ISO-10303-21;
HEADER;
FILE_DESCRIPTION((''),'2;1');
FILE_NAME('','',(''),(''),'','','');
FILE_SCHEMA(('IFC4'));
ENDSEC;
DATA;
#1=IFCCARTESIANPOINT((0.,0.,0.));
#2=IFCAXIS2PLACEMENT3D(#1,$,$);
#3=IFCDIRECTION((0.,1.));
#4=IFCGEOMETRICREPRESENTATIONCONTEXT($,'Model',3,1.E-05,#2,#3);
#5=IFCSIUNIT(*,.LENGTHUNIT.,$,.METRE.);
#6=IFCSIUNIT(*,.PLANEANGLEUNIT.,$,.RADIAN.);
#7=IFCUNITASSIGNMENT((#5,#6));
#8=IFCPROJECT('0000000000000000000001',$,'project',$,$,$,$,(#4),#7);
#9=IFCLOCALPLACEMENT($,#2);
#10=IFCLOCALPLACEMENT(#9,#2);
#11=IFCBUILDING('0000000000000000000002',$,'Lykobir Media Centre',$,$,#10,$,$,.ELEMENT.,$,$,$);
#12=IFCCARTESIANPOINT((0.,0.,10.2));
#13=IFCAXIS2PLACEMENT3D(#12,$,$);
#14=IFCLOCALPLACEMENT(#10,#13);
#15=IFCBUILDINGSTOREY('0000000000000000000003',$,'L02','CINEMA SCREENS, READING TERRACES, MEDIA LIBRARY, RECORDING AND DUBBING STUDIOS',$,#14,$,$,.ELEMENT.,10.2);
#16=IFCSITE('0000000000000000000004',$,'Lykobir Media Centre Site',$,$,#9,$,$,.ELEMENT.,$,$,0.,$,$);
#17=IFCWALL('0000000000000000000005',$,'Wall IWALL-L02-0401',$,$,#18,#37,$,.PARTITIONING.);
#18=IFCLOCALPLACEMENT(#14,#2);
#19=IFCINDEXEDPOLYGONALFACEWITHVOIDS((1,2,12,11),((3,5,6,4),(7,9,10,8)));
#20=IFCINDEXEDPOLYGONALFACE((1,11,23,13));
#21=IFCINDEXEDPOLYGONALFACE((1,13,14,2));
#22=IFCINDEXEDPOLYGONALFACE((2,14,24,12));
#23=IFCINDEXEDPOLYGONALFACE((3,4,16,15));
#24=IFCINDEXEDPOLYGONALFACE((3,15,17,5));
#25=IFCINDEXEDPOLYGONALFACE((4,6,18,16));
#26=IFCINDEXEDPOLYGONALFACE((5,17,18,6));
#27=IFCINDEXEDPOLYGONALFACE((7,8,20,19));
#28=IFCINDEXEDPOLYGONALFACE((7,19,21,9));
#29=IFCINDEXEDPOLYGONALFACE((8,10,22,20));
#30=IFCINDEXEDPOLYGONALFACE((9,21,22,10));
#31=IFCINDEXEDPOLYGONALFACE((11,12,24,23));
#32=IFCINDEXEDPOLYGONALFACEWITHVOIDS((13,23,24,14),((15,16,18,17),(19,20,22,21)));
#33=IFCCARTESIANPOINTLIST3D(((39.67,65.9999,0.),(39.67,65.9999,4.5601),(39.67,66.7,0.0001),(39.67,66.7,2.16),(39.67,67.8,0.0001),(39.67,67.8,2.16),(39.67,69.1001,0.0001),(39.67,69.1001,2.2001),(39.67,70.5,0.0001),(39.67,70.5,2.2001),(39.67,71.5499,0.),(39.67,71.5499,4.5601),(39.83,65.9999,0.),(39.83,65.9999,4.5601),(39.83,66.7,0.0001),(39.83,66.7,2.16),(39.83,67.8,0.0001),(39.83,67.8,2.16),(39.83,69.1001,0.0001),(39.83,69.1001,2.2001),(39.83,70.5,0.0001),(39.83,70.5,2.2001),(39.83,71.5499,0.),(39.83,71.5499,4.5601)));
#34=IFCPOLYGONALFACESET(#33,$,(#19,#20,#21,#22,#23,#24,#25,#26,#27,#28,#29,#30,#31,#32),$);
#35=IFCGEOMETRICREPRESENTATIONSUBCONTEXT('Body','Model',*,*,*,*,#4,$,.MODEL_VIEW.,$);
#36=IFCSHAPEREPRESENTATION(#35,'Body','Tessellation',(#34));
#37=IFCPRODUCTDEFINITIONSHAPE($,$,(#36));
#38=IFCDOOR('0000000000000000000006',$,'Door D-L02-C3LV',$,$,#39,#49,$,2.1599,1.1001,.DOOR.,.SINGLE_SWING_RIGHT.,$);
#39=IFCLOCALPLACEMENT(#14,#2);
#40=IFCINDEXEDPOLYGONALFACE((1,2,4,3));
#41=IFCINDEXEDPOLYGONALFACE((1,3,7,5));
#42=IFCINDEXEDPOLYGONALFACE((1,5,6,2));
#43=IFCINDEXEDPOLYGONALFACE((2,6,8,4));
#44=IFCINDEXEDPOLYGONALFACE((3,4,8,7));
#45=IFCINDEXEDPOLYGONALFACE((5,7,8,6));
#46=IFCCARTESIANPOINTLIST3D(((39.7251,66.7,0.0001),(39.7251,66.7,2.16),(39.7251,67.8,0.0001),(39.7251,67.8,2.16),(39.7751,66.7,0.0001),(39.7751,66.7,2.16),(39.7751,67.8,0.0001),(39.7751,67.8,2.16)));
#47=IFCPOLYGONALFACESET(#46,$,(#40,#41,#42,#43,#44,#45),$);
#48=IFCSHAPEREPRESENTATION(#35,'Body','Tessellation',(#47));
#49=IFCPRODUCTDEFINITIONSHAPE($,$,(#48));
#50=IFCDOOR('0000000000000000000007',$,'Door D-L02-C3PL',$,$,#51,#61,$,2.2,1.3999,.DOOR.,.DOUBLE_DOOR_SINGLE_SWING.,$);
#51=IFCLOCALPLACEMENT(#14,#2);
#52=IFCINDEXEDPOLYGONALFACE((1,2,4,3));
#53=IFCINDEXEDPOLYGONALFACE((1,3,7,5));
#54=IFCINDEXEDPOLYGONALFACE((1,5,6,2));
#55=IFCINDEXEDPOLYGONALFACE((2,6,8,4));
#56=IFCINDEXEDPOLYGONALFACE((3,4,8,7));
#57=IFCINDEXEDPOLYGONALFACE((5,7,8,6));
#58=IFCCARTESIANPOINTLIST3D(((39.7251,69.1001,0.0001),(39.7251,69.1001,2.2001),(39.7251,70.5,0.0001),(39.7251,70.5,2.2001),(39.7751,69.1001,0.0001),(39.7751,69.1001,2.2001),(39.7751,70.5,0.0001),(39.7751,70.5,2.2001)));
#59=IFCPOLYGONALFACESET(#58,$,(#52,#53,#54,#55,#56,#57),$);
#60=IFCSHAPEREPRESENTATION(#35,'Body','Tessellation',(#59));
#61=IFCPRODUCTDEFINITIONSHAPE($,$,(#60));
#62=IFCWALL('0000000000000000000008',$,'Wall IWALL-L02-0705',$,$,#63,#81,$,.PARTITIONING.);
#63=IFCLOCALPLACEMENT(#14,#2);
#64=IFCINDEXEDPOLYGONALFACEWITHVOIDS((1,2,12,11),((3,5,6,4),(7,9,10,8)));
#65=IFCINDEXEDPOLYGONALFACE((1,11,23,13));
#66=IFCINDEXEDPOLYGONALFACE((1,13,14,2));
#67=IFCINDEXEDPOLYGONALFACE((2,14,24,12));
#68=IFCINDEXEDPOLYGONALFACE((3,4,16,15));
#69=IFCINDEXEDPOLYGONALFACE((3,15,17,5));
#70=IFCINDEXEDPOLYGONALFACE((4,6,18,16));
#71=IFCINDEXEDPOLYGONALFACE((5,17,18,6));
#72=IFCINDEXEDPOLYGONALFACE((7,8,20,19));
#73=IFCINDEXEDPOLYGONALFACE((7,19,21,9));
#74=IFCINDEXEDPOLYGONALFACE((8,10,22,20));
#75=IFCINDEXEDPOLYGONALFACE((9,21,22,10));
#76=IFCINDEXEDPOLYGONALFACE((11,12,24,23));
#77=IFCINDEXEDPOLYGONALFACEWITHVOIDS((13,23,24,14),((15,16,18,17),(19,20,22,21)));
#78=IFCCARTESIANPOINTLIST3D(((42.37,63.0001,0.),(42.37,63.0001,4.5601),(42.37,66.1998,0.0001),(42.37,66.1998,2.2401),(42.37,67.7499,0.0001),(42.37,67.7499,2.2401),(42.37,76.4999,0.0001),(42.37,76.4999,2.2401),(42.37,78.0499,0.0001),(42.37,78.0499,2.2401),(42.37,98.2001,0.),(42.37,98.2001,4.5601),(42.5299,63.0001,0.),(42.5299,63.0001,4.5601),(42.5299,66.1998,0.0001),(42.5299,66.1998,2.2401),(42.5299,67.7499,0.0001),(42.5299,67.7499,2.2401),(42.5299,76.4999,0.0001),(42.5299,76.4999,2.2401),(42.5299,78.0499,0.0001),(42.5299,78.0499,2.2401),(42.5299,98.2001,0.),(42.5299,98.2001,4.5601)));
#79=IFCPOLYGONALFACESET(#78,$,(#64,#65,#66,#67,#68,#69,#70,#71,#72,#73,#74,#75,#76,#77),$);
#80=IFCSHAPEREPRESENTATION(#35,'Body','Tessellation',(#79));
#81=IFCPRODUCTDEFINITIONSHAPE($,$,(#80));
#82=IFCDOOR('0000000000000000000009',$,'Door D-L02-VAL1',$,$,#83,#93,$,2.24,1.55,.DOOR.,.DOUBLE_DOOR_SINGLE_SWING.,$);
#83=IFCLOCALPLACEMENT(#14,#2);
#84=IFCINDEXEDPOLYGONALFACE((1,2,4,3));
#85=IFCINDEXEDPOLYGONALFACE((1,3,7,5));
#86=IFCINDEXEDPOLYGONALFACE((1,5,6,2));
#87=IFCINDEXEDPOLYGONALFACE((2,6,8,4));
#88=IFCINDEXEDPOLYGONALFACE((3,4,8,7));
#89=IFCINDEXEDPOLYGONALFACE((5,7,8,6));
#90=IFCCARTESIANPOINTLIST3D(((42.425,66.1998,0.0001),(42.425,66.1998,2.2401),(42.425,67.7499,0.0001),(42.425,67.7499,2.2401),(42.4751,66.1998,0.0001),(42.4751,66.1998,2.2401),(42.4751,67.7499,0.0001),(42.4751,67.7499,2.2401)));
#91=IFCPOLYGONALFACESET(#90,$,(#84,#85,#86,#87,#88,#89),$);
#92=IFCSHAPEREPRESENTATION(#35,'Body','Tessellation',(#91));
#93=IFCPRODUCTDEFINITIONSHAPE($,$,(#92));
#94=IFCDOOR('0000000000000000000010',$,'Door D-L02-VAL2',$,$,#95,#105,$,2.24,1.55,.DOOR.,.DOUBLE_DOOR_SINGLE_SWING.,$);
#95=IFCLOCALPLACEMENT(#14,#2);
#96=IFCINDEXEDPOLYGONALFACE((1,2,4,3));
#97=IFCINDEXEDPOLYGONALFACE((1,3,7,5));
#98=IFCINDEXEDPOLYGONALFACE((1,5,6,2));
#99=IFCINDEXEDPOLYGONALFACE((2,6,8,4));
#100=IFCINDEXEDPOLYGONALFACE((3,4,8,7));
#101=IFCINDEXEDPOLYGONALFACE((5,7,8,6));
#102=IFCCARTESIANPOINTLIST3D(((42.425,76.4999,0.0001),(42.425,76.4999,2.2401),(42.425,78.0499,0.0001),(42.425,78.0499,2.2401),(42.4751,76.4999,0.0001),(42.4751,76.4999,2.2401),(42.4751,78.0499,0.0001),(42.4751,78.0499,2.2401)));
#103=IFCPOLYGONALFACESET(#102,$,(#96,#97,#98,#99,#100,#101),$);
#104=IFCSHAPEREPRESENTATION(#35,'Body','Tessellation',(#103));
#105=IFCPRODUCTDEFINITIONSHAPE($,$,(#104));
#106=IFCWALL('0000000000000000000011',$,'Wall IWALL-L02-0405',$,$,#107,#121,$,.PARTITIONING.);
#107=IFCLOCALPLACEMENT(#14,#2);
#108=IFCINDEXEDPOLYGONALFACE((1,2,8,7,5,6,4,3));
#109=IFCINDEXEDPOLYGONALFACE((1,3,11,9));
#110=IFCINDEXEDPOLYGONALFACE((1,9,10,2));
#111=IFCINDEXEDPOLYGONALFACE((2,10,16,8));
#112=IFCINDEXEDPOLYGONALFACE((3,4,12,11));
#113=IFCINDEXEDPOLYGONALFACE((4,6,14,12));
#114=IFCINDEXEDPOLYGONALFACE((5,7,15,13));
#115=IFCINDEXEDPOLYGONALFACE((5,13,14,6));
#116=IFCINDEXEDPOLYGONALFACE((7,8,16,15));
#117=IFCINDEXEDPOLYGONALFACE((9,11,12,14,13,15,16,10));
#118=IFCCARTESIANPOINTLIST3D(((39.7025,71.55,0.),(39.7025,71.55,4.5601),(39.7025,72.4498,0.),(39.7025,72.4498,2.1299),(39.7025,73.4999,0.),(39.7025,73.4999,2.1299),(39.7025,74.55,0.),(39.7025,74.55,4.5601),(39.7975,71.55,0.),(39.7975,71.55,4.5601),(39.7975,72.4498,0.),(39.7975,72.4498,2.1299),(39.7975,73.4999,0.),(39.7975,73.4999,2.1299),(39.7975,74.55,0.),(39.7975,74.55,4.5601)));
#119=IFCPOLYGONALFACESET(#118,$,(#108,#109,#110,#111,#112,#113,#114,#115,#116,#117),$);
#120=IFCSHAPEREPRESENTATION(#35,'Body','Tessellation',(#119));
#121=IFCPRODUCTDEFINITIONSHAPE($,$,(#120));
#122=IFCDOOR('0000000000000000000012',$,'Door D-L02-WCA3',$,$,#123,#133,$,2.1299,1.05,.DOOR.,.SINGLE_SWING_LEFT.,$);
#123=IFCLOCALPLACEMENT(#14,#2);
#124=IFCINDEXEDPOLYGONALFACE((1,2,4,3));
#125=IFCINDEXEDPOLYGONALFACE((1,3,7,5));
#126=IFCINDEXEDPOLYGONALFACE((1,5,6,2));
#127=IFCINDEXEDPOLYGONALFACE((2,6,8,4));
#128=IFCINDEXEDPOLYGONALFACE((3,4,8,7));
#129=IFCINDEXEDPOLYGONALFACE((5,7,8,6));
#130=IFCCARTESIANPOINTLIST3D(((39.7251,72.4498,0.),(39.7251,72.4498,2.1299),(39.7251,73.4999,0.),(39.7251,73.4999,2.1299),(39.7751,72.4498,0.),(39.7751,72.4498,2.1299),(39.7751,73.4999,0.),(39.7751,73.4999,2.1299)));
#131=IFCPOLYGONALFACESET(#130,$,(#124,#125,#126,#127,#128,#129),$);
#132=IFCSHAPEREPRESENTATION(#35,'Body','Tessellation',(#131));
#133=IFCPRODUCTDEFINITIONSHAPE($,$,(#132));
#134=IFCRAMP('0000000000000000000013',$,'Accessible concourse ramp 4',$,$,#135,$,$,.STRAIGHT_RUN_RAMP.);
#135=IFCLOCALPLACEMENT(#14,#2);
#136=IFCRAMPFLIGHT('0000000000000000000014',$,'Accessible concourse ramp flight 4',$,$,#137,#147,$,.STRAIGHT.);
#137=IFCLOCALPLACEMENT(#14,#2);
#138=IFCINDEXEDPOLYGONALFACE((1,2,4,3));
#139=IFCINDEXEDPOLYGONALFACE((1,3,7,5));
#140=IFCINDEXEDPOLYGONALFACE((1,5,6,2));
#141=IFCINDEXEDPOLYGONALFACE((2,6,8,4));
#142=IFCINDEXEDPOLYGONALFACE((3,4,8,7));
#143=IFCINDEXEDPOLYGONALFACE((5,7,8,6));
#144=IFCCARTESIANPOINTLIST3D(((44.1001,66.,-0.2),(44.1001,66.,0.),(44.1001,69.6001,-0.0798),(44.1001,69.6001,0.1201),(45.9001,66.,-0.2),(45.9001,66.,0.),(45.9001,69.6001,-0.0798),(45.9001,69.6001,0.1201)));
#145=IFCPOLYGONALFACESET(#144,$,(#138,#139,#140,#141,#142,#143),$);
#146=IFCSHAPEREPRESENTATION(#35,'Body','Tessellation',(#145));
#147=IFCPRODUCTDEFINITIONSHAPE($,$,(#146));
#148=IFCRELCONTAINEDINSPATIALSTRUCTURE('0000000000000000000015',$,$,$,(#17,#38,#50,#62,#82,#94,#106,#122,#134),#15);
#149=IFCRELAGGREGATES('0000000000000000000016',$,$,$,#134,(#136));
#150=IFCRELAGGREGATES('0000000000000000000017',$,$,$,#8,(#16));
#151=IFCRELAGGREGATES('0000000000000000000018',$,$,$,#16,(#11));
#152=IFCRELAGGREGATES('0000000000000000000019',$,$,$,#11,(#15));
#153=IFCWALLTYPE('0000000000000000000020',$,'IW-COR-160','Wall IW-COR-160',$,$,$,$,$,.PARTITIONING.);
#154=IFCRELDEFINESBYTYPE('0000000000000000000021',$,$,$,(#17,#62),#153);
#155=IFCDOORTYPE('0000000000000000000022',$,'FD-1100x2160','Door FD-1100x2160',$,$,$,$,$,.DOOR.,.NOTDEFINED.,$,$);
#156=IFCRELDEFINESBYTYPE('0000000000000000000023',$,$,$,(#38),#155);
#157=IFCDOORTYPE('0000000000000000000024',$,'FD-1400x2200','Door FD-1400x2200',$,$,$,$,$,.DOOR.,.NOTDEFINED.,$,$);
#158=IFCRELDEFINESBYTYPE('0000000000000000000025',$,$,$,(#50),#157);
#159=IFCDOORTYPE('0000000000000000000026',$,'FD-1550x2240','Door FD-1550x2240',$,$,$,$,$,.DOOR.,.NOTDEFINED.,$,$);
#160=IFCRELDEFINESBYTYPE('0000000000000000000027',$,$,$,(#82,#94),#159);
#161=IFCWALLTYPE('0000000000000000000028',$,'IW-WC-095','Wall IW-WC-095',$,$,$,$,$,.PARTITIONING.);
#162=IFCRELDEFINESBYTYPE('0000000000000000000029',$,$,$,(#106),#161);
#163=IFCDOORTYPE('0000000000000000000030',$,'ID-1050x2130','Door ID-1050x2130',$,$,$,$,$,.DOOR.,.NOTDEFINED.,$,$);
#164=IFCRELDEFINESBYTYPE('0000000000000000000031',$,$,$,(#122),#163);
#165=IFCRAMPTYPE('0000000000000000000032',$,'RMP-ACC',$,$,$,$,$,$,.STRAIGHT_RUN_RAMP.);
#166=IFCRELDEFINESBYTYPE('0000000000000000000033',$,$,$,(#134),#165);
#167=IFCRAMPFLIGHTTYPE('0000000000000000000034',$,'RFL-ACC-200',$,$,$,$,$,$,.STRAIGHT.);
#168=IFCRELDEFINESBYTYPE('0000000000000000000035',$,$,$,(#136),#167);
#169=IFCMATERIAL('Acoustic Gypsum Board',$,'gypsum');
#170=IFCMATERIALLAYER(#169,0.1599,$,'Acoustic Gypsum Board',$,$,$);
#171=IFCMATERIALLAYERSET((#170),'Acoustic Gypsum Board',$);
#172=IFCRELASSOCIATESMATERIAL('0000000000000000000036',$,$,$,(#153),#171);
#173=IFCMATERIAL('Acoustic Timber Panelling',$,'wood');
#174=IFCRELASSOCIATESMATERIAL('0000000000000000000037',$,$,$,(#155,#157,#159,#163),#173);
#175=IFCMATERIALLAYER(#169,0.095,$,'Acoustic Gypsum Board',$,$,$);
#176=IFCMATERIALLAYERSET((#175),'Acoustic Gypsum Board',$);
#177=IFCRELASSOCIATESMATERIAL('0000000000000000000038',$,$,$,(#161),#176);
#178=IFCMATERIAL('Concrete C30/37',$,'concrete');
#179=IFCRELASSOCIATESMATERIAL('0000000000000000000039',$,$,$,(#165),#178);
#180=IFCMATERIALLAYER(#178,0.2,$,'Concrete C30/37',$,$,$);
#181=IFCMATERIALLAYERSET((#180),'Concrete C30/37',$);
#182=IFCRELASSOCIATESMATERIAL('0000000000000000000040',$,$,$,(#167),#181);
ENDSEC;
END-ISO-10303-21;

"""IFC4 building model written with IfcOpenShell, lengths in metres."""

from ifc_helpers import new_model, si_unit, direction, frame, frame_2d, origin, place, context, subcontext, project, spatial, polyline, rectangle, outline, extrude, material, layer, layer_set, type_object, element, fill, aggregate, save


model = new_model("IFC4")

# Units and contexts
model_context = context("Model", 3, precision=1e-05, world=origin(), true_north=direction((0.0, 1.0)))
body_context = subcontext(model_context, "Body", "Model", "MODEL_VIEW")
ifc_project = project(units=[si_unit("LENGTHUNIT", "METRE"), si_unit("PLANEANGLEUNIT", "RADIAN")], contexts=[model_context])

# Site, building, storey
site_placement = place(None, origin())
site = spatial("IfcSite", under=ifc_project, at=site_placement, Name="Lykobir Media Centre Site", CompositionType="ELEMENT", RefElevation=0.0)
building_placement = place(site_placement, origin())
building = spatial("IfcBuilding", under=site, at=building_placement, Name="Lykobir Media Centre", CompositionType="ELEMENT")
storey_placement = place(building_placement, frame((0.0, 0.0, 10.2)))
storey = spatial("IfcBuildingStorey", under=building, at=storey_placement, Name="L02", Description="CINEMA SCREENS, READING TERRACES, MEDIA LIBRARY, RECORDING AND DUBBING STUDIOS", CompositionType="ELEMENT", Elevation=10.2)

# Walls, openings, doors
ifc_material_1 = material(Name="Acoustic Gypsum Board", Category="gypsum")
ifc_layer_1 = layer(ifc_material_1, 0.1599, Name="Acoustic Gypsum Board")
ifc_layer_set_1 = layer_set([ifc_layer_1], Name="Acoustic Gypsum Board")
wall_type_1 = type_object("IfcWallType", Name="IW-COR-160", Description="Wall IW-COR-160", PredefinedType="PARTITIONING", material=ifc_layer_set_1)
wall_1_placement = place(storey_placement, frame((39.75, 66.0, 0.0), z_axis=(0.0, 0.0, 1.0), x_axis=(0.0, 1.0, 0.0)))
wall_1 = element("IfcWall", 1, at=wall_1_placement, inside=storey, type_object=wall_type_1, Name="Wall IWALL-L02-0401", PredefinedType="PARTITIONING", context=body_context, shape_type="SweptSolid", body=[
    extrude(rectangle(XDim=5.55, YDim=0.1599, at=frame_2d((2.7749, 0.0))), origin(), (0.0, 0.0, 1.0), 4.5601),
])
opening_1_placement = place(wall_1_placement, frame((0.7, 0.0, 0.0)))
opening_1 = element("IfcOpeningElement", 2, at=opening_1_placement, cuts=wall_1, PredefinedType="OPENING", context=body_context, shape_type="SweptSolid", body=[
    extrude(rectangle(XDim=1.1001, YDim=2.1599, at=frame_2d((0.55, 1.0801))), frame((0.0, 0.0898, 0.0), z_axis=(0.0, -1.0, 0.0), x_axis=(1.0, 0.0, 0.0)), (0.0, 0.0, 1.0), 0.1799),
])
opening_2_placement = place(wall_1_placement, frame((3.1001, 0.0, 0.0)))
opening_2 = element("IfcOpeningElement", 3, at=opening_2_placement, cuts=wall_1, PredefinedType="OPENING", context=body_context, shape_type="SweptSolid", body=[
    extrude(rectangle(XDim=1.3999, YDim=2.2, at=frame_2d((0.7, 1.1001))), frame((0.0, 0.0898, 0.0), z_axis=(0.0, -1.0, 0.0), x_axis=(1.0, 0.0, 0.0)), (0.0, 0.0, 1.0), 0.1799),
])
ifc_material_2 = material(Name="Acoustic Timber Panelling", Category="wood")
door_type_1 = type_object("IfcDoorType", Name="FD-1100x2160", Description="Door FD-1100x2160", OperationType="NOTDEFINED", PredefinedType="DOOR", material=ifc_material_2)
door_1_placement = place(opening_1_placement, origin())
door_1 = element("IfcDoor", 4, at=door_1_placement, inside=storey, type_object=door_type_1, Name="Door D-L02-C3LV", OperationType="SINGLE_SWING_RIGHT", OverallHeight=2.1599, OverallWidth=1.1001, PredefinedType="DOOR", context=body_context, shape_type="SweptSolid", body=[
    extrude(rectangle(XDim=1.1001, YDim=2.1599, at=frame_2d((0.55, 1.0801))), frame((0.0, 0.0249, 0.0), z_axis=(0.0, -1.0, 0.0), x_axis=(1.0, 0.0, 0.0)), (0.0, 0.0, 1.0), 0.05),
])
fill(opening_1, door_1)
door_type_2 = type_object("IfcDoorType", Name="FD-1400x2200", Description="Door FD-1400x2200", OperationType="NOTDEFINED", PredefinedType="DOOR", material=ifc_material_2)
door_2_placement = place(opening_2_placement, origin())
door_2 = element("IfcDoor", 5, at=door_2_placement, inside=storey, type_object=door_type_2, Name="Door D-L02-C3PL", OperationType="DOUBLE_DOOR_SINGLE_SWING", OverallHeight=2.2, OverallWidth=1.3999, PredefinedType="DOOR", context=body_context, shape_type="SweptSolid", body=[
    extrude(rectangle(XDim=1.3999, YDim=2.2, at=frame_2d((0.7, 1.1001))), frame((0.0, 0.0249, 0.0), z_axis=(0.0, -1.0, 0.0), x_axis=(1.0, 0.0, 0.0)), (0.0, 0.0, 1.0), 0.05),
])
fill(opening_2, door_2)
wall_2_placement = place(storey_placement, frame((42.45, 63.0, 0.0), z_axis=(0.0, 0.0, 1.0), x_axis=(0.0, 1.0, 0.0)))
wall_2 = element("IfcWall", 6, at=wall_2_placement, inside=storey, type_object=wall_type_1, Name="Wall IWALL-L02-0705", PredefinedType="PARTITIONING", context=body_context, shape_type="SweptSolid", body=[
    extrude(rectangle(XDim=35.2, YDim=0.1599, at=frame_2d((17.6001, 0.0))), origin(), (0.0, 0.0, 1.0), 4.5601),
])
opening_3_placement = place(wall_2_placement, frame((3.2, 0.0, 0.0)))
opening_3 = element("IfcOpeningElement", 7, at=opening_3_placement, cuts=wall_2, PredefinedType="OPENING", context=body_context, shape_type="SweptSolid", body=[
    extrude(rectangle(XDim=1.55, YDim=2.24, at=frame_2d((0.7749, 1.1201))), frame((0.0, 0.0898, 0.0), z_axis=(0.0, -1.0, 0.0), x_axis=(1.0, 0.0, 0.0)), (0.0, 0.0, 1.0), 0.1799),
])
opening_4_placement = place(wall_2_placement, frame((13.5, 0.0, 0.0)))
opening_4 = element("IfcOpeningElement", 8, at=opening_4_placement, cuts=wall_2, PredefinedType="OPENING", context=body_context, shape_type="SweptSolid", body=[
    extrude(rectangle(XDim=1.55, YDim=2.24, at=frame_2d((0.7749, 1.1201))), frame((0.0, 0.0898, 0.0), z_axis=(0.0, -1.0, 0.0), x_axis=(1.0, 0.0, 0.0)), (0.0, 0.0, 1.0), 0.1799),
])
door_type_3 = type_object("IfcDoorType", Name="FD-1550x2240", Description="Door FD-1550x2240", OperationType="NOTDEFINED", PredefinedType="DOOR", material=ifc_material_2)
door_3_placement = place(opening_3_placement, origin())
door_3 = element("IfcDoor", 9, at=door_3_placement, inside=storey, type_object=door_type_3, Name="Door D-L02-VAL1", OperationType="DOUBLE_DOOR_SINGLE_SWING", OverallHeight=2.24, OverallWidth=1.55, PredefinedType="DOOR", context=body_context, shape_type="SweptSolid", body=[
    extrude(rectangle(XDim=1.55, YDim=2.24, at=frame_2d((0.7749, 1.1201))), frame((0.0, 0.0249, 0.0), z_axis=(0.0, -1.0, 0.0), x_axis=(1.0, 0.0, 0.0)), (0.0, 0.0, 1.0), 0.05),
])
fill(opening_3, door_3)
door_4_placement = place(opening_4_placement, origin())
door_4 = element("IfcDoor", 10, at=door_4_placement, inside=storey, type_object=door_type_3, Name="Door D-L02-VAL2", OperationType="DOUBLE_DOOR_SINGLE_SWING", OverallHeight=2.24, OverallWidth=1.55, PredefinedType="DOOR", context=body_context, shape_type="SweptSolid", body=[
    extrude(rectangle(XDim=1.55, YDim=2.24, at=frame_2d((0.7749, 1.1201))), frame((0.0, 0.0249, 0.0), z_axis=(0.0, -1.0, 0.0), x_axis=(1.0, 0.0, 0.0)), (0.0, 0.0, 1.0), 0.05),
])
fill(opening_4, door_4)

# Wall, opening, door
ifc_layer_2 = layer(ifc_material_1, 0.095, Name="Acoustic Gypsum Board")
ifc_layer_set_2 = layer_set([ifc_layer_2], Name="Acoustic Gypsum Board")
wall_type_2 = type_object("IfcWallType", Name="IW-WC-095", Description="Wall IW-WC-095", PredefinedType="PARTITIONING", material=ifc_layer_set_2)
wall_3_placement = place(storey_placement, frame((39.75, 71.55, 0.0), z_axis=(0.0, 0.0, 1.0), x_axis=(0.0, 1.0, 0.0)))
wall_3 = element("IfcWall", 11, at=wall_3_placement, inside=storey, type_object=wall_type_2, Name="Wall IWALL-L02-0405", PredefinedType="PARTITIONING", context=body_context, shape_type="SweptSolid", body=[
    extrude(rectangle(XDim=3.0, YDim=0.095, at=frame_2d((1.5, 0.0))), origin(), (0.0, 0.0, 1.0), 4.5601),
])
opening_5_placement = place(wall_3_placement, frame((0.8999, 0.0, 0.0)))
opening_5 = element("IfcOpeningElement", 12, at=opening_5_placement, cuts=wall_3, PredefinedType="OPENING", context=body_context, shape_type="SweptSolid", body=[
    extrude(rectangle(XDim=1.05, YDim=2.1299, at=frame_2d((0.5249, 1.0649))), frame((0.0, 0.0574, 0.0), z_axis=(0.0, -1.0, 0.0), x_axis=(1.0, 0.0, 0.0)), (0.0, 0.0, 1.0), 0.115),
])
door_type_4 = type_object("IfcDoorType", Name="ID-1050x2130", Description="Door ID-1050x2130", OperationType="NOTDEFINED", PredefinedType="DOOR", material=ifc_material_2)
door_5_placement = place(opening_5_placement, origin())
door_5 = element("IfcDoor", 13, at=door_5_placement, inside=storey, type_object=door_type_4, Name="Door D-L02-WCA3", OperationType="SINGLE_SWING_LEFT", OverallHeight=2.1299, OverallWidth=1.05, PredefinedType="DOOR", context=body_context, shape_type="SweptSolid", body=[
    extrude(rectangle(XDim=1.05, YDim=2.1299, at=frame_2d((0.5249, 1.0649))), frame((0.0, 0.0249, 0.0), z_axis=(0.0, -1.0, 0.0), x_axis=(1.0, 0.0, 0.0)), (0.0, 0.0, 1.0), 0.05),
])
fill(opening_5, door_5)

# Ramp, ramp flight
ifc_material_3 = material(Name="Concrete C30/37", Category="concrete")
ramp_type = type_object("IfcRampType", Name="RMP-ACC", PredefinedType="STRAIGHT_RUN_RAMP", material=ifc_material_3)
ramp_placement = place(storey_placement, origin())
ramp = element("IfcRamp", 14, at=ramp_placement, inside=storey, type_object=ramp_type, Name="Accessible concourse ramp 4", PredefinedType="STRAIGHT_RUN_RAMP")
ifc_layer_3 = layer(ifc_material_3, 0.2, Name="Concrete C30/37")
ifc_layer_set_3 = layer_set([ifc_layer_3], Name="Concrete C30/37")
ramp_flight_type = type_object("IfcRampFlightType", Name="RFL-ACC-200", PredefinedType="STRAIGHT", material=ifc_layer_set_3)
ramp_flight_placement = place(storey_placement, frame((45.0, 66.0, 0.0), z_axis=(0.0, 0.0, 1.0), x_axis=(0.0, 1.0, 0.0)))
ramp_flight = element("IfcRampFlight", 15, at=ramp_flight_placement, type_object=ramp_flight_type, Name="Accessible concourse ramp flight 4", PredefinedType="STRAIGHT", context=body_context, shape_type="SweptSolid", body=[
    extrude(outline(polyline([(0.0, 0.0), (3.6001, 0.1201), (3.6001, -0.0798), (0.0, -0.2), (0.0, 0.0)])), frame((0.0, 0.8999, 0.0), z_axis=(0.0, -1.0, 0.0), x_axis=(1.0, 0.0, 0.0)), (0.0, 0.0, 1.0), 1.8),
])
aggregate(ramp, [ramp_flight])

save(model, "model.ifc")
